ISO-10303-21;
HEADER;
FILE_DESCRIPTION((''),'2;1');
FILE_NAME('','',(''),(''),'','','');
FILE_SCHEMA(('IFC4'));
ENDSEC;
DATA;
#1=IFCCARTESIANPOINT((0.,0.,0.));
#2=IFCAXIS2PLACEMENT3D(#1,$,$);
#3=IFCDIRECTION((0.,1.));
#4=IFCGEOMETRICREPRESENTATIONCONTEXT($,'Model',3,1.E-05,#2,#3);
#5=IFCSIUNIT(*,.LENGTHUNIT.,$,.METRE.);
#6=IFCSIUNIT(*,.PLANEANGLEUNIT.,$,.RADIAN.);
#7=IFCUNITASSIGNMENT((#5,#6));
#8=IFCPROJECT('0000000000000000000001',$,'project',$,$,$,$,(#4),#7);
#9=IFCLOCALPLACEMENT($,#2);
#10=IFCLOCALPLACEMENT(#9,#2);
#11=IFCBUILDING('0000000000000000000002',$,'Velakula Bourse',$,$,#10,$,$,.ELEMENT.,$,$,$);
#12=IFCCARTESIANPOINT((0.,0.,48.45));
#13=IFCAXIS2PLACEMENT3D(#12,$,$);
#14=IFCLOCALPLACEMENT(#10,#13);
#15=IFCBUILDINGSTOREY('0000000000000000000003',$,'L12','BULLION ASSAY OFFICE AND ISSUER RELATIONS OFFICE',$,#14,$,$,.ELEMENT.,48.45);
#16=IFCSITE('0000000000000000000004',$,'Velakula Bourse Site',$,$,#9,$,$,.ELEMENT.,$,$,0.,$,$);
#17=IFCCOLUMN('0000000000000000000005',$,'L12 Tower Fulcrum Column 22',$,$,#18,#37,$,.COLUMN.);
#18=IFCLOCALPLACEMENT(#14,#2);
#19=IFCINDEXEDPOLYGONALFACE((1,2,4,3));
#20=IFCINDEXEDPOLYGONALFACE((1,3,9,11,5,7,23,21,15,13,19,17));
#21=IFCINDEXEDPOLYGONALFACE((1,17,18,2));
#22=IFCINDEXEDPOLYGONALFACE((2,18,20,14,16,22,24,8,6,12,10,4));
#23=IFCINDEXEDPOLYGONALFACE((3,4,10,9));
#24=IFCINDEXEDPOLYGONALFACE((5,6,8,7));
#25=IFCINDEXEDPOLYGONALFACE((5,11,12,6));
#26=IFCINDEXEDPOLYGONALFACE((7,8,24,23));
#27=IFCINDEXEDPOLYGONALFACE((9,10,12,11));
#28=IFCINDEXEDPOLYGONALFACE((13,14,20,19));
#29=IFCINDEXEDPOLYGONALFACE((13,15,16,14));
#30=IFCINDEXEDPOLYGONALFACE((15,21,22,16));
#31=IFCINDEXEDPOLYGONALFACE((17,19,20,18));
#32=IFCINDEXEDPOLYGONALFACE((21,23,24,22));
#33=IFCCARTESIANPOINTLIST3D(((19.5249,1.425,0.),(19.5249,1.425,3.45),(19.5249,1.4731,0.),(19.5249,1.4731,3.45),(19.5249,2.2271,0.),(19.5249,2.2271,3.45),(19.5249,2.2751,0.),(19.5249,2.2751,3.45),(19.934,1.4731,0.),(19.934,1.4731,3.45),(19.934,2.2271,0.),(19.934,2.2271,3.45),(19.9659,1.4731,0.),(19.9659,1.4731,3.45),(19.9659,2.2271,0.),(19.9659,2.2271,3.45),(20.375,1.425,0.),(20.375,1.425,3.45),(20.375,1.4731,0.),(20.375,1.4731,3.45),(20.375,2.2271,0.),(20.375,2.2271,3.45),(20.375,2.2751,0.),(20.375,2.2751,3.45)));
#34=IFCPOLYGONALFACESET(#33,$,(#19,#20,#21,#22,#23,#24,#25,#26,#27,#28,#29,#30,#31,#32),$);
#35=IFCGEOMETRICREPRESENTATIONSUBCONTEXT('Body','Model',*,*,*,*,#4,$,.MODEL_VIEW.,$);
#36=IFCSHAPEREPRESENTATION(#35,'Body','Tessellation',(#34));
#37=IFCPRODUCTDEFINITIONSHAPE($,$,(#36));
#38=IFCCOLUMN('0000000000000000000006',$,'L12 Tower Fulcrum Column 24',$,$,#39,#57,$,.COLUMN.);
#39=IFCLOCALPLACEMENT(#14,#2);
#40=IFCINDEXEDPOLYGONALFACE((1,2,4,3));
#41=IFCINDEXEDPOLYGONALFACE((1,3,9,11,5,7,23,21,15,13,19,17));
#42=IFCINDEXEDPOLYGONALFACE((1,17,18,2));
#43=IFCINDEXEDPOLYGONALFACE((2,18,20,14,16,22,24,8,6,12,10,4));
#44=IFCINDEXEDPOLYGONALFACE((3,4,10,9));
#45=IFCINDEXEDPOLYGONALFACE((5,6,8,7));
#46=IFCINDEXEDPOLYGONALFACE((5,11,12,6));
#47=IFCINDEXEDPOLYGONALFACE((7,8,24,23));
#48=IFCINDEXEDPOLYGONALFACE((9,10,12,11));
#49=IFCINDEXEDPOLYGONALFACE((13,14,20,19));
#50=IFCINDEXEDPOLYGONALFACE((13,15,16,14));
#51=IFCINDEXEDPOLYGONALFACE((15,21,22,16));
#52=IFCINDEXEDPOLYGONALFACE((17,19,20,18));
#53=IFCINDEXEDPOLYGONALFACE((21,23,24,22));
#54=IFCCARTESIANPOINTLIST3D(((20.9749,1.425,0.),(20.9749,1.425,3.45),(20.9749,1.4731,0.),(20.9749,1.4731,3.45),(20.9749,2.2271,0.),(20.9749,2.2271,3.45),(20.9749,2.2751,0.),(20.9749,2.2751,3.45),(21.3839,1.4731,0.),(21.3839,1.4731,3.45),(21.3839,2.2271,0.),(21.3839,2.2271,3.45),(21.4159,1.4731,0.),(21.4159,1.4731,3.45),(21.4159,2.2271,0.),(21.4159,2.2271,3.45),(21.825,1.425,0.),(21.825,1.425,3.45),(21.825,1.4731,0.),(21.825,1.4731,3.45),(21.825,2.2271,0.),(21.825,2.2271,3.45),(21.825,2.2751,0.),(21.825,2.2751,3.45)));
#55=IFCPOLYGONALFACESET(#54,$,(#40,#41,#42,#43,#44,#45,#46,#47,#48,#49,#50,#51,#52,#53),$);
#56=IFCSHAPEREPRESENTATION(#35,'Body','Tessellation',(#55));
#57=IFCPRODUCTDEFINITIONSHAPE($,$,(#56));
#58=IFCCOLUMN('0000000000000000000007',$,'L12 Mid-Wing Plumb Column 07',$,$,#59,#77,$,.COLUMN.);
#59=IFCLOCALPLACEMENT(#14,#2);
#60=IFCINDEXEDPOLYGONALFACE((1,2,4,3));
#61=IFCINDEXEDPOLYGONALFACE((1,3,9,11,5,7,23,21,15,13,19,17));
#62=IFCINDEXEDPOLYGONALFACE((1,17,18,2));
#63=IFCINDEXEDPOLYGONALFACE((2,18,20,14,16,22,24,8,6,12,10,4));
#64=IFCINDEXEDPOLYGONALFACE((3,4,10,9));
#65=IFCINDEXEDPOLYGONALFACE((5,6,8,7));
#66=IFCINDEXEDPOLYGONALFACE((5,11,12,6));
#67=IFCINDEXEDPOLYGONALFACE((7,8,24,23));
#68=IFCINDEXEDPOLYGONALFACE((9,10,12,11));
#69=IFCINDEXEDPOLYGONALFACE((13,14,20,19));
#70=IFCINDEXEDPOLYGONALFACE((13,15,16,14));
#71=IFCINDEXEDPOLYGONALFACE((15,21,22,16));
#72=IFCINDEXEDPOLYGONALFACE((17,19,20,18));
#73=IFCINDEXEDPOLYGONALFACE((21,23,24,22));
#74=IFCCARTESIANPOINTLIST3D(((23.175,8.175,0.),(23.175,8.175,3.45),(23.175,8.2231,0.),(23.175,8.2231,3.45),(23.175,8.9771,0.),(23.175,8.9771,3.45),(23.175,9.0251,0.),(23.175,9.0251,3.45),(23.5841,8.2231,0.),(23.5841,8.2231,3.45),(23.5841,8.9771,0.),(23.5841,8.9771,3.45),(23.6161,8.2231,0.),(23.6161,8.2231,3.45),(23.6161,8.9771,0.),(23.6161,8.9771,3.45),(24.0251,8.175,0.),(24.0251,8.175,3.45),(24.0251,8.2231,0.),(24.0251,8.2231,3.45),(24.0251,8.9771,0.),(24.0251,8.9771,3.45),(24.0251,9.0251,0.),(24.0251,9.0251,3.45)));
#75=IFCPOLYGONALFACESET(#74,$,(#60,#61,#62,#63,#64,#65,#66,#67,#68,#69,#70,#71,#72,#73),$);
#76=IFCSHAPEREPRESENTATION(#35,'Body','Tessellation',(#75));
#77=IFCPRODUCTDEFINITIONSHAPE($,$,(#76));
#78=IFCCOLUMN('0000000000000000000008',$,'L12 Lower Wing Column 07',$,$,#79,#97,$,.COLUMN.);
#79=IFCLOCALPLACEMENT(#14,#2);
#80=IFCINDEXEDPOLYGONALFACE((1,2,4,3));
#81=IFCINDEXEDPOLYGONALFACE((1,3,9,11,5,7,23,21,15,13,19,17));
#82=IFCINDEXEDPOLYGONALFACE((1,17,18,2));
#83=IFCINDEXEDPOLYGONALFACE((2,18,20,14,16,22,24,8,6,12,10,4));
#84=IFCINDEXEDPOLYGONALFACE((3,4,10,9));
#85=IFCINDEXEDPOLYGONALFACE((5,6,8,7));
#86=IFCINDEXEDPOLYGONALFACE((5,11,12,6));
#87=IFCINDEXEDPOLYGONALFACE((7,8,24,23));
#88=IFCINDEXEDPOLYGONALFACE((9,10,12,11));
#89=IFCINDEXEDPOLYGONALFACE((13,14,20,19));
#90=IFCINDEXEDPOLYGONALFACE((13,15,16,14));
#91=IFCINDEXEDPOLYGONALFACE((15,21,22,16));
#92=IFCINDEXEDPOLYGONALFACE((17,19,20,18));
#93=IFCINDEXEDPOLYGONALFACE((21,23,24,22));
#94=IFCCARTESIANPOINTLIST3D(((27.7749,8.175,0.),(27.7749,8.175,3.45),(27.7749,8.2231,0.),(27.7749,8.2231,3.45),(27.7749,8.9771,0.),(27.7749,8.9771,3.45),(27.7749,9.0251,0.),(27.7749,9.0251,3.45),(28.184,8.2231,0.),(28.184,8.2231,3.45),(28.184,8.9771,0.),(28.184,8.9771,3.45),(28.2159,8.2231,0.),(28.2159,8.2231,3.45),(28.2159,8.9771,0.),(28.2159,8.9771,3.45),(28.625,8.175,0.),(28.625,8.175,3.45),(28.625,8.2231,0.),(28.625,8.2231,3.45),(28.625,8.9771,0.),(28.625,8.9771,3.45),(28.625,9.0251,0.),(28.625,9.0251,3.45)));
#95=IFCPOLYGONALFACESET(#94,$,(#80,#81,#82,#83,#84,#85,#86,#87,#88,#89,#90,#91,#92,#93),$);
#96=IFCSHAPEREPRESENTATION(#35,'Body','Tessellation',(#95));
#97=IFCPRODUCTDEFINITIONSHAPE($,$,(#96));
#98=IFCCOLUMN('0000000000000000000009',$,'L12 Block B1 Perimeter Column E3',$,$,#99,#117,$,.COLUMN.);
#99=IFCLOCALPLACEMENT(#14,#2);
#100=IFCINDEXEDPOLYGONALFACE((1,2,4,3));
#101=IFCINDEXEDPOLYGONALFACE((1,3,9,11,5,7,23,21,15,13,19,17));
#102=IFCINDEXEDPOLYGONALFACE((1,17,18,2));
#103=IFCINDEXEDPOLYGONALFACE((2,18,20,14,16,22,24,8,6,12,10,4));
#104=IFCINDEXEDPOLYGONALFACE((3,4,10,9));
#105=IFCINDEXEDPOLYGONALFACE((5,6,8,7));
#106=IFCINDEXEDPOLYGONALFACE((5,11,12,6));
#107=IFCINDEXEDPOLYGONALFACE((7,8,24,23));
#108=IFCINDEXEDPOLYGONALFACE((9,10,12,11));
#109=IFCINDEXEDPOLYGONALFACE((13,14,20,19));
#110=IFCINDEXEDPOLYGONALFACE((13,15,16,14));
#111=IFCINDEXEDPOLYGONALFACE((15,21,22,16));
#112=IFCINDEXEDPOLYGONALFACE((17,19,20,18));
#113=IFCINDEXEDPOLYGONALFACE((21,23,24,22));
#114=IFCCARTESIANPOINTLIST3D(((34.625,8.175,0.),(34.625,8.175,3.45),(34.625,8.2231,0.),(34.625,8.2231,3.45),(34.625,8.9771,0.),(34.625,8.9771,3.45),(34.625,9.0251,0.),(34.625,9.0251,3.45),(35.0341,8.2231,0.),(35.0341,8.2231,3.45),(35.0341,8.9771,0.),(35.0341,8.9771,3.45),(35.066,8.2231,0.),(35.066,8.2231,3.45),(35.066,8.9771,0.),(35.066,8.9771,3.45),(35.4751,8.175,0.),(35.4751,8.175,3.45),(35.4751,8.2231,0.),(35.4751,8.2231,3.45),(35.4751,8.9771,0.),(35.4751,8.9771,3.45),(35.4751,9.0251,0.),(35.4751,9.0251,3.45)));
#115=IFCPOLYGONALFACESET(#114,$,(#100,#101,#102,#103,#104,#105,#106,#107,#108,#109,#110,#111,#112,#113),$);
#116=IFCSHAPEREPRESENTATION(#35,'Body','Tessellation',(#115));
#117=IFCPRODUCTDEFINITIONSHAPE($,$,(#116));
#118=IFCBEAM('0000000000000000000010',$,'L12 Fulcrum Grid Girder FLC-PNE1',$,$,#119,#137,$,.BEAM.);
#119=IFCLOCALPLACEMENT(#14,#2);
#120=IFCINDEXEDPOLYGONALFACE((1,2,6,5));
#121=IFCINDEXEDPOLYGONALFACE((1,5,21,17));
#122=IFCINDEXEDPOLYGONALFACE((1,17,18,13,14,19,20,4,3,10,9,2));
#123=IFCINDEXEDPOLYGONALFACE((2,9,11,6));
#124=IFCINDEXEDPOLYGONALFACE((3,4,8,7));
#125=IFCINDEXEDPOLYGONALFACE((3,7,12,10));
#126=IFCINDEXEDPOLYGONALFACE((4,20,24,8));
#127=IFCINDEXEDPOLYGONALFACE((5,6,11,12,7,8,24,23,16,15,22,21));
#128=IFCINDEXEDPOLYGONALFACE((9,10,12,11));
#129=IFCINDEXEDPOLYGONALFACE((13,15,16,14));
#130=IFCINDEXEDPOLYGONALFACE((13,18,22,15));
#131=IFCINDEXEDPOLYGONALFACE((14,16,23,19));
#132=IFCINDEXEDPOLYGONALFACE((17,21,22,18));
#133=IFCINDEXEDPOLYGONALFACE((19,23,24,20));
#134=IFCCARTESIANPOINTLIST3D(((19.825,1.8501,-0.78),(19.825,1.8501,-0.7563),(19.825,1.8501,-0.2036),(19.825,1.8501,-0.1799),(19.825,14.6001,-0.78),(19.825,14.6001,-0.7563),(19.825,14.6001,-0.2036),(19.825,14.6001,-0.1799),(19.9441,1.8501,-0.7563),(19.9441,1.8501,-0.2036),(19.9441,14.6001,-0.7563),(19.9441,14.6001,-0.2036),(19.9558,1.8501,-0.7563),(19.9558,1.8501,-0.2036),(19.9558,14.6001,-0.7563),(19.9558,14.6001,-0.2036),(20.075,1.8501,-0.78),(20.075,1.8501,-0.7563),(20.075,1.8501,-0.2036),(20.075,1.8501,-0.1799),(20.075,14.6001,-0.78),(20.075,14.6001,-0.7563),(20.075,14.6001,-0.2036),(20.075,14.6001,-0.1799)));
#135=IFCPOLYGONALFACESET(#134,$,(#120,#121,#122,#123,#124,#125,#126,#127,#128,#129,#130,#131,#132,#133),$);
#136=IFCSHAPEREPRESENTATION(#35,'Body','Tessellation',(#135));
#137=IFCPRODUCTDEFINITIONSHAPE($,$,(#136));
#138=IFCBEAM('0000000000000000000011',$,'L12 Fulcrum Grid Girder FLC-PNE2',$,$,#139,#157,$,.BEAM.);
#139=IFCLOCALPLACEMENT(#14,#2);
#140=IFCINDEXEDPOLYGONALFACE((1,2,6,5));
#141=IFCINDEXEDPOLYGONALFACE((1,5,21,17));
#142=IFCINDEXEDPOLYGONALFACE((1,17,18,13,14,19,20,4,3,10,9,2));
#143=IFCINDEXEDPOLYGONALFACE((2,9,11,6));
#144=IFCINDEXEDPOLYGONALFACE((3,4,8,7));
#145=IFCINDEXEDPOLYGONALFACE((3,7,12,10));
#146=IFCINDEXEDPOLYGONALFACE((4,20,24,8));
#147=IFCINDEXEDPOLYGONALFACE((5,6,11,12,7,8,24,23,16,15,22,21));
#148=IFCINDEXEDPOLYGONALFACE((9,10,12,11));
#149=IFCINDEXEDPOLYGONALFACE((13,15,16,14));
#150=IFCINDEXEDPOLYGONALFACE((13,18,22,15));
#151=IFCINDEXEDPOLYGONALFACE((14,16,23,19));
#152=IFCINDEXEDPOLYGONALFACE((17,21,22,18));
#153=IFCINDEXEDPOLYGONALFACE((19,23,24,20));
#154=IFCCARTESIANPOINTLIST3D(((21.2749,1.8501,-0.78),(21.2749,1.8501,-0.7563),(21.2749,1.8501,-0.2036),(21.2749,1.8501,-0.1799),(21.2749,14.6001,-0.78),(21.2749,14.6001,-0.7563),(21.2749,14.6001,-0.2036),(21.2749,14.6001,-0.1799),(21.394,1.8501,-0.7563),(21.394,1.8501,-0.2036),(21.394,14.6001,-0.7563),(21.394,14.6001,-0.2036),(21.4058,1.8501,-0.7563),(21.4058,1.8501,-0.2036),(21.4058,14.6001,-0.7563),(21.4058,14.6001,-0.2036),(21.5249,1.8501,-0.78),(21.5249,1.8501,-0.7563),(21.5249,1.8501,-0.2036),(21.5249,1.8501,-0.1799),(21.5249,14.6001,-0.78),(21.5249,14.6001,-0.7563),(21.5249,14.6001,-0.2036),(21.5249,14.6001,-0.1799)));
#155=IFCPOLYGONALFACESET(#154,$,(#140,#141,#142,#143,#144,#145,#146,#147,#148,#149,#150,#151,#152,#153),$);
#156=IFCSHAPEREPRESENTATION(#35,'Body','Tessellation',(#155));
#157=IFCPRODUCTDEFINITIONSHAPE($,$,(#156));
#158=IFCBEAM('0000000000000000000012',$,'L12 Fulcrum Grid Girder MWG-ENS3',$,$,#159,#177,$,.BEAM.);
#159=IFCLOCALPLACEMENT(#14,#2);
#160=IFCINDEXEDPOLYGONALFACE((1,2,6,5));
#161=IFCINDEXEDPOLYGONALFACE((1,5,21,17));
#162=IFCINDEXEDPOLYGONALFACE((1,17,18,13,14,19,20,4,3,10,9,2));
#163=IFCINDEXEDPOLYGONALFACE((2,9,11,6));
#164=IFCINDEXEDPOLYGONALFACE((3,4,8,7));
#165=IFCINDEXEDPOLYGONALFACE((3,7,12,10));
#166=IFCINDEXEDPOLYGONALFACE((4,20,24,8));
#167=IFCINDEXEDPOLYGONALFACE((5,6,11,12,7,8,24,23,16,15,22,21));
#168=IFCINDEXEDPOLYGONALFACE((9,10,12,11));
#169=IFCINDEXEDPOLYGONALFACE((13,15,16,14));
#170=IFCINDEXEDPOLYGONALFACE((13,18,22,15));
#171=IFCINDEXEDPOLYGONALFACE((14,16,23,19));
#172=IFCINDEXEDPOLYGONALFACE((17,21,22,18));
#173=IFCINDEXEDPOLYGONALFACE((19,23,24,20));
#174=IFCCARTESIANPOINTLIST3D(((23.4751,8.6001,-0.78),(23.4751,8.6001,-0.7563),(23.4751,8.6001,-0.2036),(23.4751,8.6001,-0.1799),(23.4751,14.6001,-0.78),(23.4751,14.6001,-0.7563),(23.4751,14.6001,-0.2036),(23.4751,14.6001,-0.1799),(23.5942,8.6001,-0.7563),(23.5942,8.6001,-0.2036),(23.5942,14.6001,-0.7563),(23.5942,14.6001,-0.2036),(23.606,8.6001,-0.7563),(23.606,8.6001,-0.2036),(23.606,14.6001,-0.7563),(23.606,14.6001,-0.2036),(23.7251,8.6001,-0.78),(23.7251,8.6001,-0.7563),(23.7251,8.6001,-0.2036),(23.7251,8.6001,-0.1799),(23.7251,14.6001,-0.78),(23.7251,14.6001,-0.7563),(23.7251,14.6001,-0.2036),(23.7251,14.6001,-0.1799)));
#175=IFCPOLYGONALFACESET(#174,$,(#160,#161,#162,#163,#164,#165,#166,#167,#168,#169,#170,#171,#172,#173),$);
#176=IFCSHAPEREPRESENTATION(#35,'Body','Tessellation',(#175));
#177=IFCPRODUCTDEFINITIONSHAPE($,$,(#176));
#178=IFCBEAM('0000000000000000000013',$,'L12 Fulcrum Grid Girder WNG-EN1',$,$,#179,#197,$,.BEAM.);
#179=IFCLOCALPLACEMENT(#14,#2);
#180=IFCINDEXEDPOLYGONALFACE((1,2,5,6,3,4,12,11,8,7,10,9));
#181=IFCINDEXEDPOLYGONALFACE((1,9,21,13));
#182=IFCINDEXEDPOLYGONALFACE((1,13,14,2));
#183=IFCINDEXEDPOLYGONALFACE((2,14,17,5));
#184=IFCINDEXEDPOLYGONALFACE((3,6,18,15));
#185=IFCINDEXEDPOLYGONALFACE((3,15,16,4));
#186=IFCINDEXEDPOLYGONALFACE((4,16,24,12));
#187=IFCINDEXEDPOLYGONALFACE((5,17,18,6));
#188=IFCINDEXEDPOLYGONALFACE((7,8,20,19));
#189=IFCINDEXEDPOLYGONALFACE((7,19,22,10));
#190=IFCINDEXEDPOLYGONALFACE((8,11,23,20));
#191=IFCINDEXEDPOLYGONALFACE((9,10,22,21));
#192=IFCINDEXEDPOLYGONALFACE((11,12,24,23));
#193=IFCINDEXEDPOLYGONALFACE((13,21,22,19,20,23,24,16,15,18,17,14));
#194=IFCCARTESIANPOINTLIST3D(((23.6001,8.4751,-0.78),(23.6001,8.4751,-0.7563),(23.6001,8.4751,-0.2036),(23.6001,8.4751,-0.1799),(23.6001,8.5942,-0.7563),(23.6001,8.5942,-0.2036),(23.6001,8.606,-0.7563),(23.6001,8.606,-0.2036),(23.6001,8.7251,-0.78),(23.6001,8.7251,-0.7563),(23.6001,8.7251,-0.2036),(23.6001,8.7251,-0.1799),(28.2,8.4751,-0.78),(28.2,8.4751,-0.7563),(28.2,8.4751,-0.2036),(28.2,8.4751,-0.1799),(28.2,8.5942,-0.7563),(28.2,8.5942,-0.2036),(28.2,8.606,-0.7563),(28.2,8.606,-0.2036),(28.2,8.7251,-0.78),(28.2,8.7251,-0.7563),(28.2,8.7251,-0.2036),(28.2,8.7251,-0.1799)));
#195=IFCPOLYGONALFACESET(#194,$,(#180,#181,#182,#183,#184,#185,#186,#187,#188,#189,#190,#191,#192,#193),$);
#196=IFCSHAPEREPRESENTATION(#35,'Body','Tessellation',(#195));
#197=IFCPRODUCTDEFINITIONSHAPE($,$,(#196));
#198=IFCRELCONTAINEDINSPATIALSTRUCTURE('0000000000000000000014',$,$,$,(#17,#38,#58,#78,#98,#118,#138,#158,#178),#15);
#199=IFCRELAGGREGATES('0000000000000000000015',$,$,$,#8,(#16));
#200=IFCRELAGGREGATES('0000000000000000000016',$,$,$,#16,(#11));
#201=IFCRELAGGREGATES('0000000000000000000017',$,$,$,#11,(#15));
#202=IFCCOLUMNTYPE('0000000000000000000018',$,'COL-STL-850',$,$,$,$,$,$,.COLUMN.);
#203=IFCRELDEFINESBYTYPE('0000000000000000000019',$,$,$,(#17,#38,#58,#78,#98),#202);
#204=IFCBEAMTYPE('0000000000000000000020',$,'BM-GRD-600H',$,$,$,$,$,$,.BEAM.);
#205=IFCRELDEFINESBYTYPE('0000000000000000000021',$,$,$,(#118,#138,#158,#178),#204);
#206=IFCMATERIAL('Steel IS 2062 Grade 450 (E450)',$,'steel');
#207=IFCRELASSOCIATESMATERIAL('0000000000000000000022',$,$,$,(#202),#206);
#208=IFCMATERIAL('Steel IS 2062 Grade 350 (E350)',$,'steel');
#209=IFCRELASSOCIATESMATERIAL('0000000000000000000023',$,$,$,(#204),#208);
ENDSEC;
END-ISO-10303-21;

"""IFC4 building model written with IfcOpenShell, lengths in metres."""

from ifc_helpers import new_model, si_unit, direction, frame, origin, origin_2d, place, context, subcontext, project, spatial, i_section, extrude, material, material_profile, profile_set, type_object, element, save


model = new_model("IFC4")

# Units and contexts
model_context = context("Model", 3, precision=1e-05, world=origin(), true_north=direction((0.0, 1.0)))
body_context = subcontext(model_context, "Body", "Model", "MODEL_VIEW")
ifc_project = project(units=[si_unit("LENGTHUNIT", "METRE"), si_unit("PLANEANGLEUNIT", "RADIAN")], contexts=[model_context])

# Site, building, storey
site_placement = place(None, origin())
site = spatial("IfcSite", under=ifc_project, at=site_placement, Name="Velakula Bourse Site", CompositionType="ELEMENT", RefElevation=0.0)
building_placement = place(site_placement, origin())
building = spatial("IfcBuilding", under=site, at=building_placement, Name="Velakula Bourse", CompositionType="ELEMENT")
storey_placement = place(building_placement, frame((0.0, 0.0, 48.45)))
storey = spatial("IfcBuildingStorey", under=building, at=storey_placement, Name="L12", Description="BULLION ASSAY OFFICE AND ISSUER RELATIONS OFFICE", CompositionType="ELEMENT", Elevation=48.45)

# Columns
ifc_material_1 = material(Name="Steel IS 2062 Grade 450 (E450)", Category="steel")
ifc_material_profile_1 = material_profile(ifc_material_1, i_section(OverallWidth=0.8501, OverallDepth=0.8501, WebThickness=0.032, FlangeThickness=0.0481, at=origin_2d()), Name="Steel IS 2062 Grade 450 (E450)")
ifc_profile_set_1 = profile_set([ifc_material_profile_1], Name="Steel IS 2062 Grade 450 (E450)")
column_type = type_object("IfcColumnType", Name="COL-STL-850", PredefinedType="COLUMN", material=ifc_profile_set_1)
for number, where, z_axis, x_axis, name in (
    (1, (19.95, 1.8501, 0.0), (0.0, 0.0, 1.0), (1.0, 0.0, 0.0), "L12 Tower Fulcrum Column 22"),
    (2, (21.3999, 1.8501, 0.0), (0.0, 0.0, 1.0), (1.0, 0.0, 0.0), "L12 Tower Fulcrum Column 24"),
    (3, (23.6001, 8.6001, 0.0), (0.0, 0.0, 1.0), (1.0, 0.0, 0.0), "L12 Mid-Wing Plumb Column 07"),
    (4, (28.2, 8.6001, 0.0), (0.0, 0.0, 1.0), (1.0, 0.0, 0.0), "L12 Lower Wing Column 07"),
    (5, (35.05, 8.6001, 0.0), (0.0, 0.0, 1.0), (1.0, 0.0, 0.0), "L12 Block B1 Perimeter Column E3"),
):
    element("IfcColumn", number, at=place(storey_placement, frame(where, z_axis=z_axis, x_axis=x_axis)), inside=storey, type_object=column_type, Name=name, PredefinedType="COLUMN", context=body_context, shape_type="SweptSolid", body=[
        extrude(i_section(OverallWidth=0.8501, OverallDepth=0.8501, WebThickness=0.032, FlangeThickness=0.0481, at=origin_2d()), origin(), (0.0, 0.0, 1.0), 3.45),
    ])

# Beams
ifc_material_2 = material(Name="Steel IS 2062 Grade 350 (E350)", Category="steel")
ifc_material_profile_2 = material_profile(ifc_material_2, i_section(OverallWidth=0.25, OverallDepth=0.6001, WebThickness=0.0117, FlangeThickness=0.0237, at=origin_2d()), Name="Steel IS 2062 Grade 350 (E350)")
ifc_profile_set_2 = profile_set([ifc_material_profile_2], Name="Steel IS 2062 Grade 350 (E350)")
beam_type_1 = type_object("IfcBeamType", Name="BM-GRD-600H", PredefinedType="BEAM", material=ifc_profile_set_2)
for number, where, z_axis, x_axis, name in (
    (6, (19.95, 1.8501, -0.48), (0.0, 1.0, 0.0), (-1.0, 0.0, 0.0), "L12 Fulcrum Grid Girder FLC-PNE1"),
    (7, (21.3999, 1.8501, -0.48), (0.0, 1.0, 0.0), (-1.0, 0.0, 0.0), "L12 Fulcrum Grid Girder FLC-PNE2"),
):
    element("IfcBeam", number, at=place(storey_placement, frame(where, z_axis=z_axis, x_axis=x_axis)), inside=storey, type_object=beam_type_1, Name=name, PredefinedType="BEAM", context=body_context, shape_type="SweptSolid", body=[
        extrude(i_section(OverallWidth=0.25, OverallDepth=0.6001, WebThickness=0.0117, FlangeThickness=0.0237, at=origin_2d()), origin(), (0.0, 0.0, 1.0), 12.75),
    ])
beam_1_placement = place(storey_placement, frame((23.6001, 8.6001, -0.48), z_axis=(0.0, 1.0, 0.0), x_axis=(-1.0, 0.0, 0.0)))
element("IfcBeam", 8, at=beam_1_placement, inside=storey, type_object=beam_type_1, Name="L12 Fulcrum Grid Girder MWG-ENS3", PredefinedType="BEAM", context=body_context, shape_type="SweptSolid", body=[
    extrude(i_section(OverallWidth=0.25, OverallDepth=0.6001, WebThickness=0.0117, FlangeThickness=0.0237, at=origin_2d()), origin(), (0.0, 0.0, 1.0), 6.0),
])
beam_2_placement = place(storey_placement, frame((23.6001, 8.6001, -0.48), z_axis=(1.0, 0.0, 0.0), x_axis=(0.0, 1.0, 0.0)))
element("IfcBeam", 9, at=beam_2_placement, inside=storey, type_object=beam_type_1, Name="L12 Fulcrum Grid Girder WNG-EN1", PredefinedType="BEAM", context=body_context, shape_type="SweptSolid", body=[
    extrude(i_section(OverallWidth=0.25, OverallDepth=0.6001, WebThickness=0.0117, FlangeThickness=0.0237, at=origin_2d()), origin(), (0.0, 0.0, 1.0), 4.5999),
])

save(model, "model.ifc")
